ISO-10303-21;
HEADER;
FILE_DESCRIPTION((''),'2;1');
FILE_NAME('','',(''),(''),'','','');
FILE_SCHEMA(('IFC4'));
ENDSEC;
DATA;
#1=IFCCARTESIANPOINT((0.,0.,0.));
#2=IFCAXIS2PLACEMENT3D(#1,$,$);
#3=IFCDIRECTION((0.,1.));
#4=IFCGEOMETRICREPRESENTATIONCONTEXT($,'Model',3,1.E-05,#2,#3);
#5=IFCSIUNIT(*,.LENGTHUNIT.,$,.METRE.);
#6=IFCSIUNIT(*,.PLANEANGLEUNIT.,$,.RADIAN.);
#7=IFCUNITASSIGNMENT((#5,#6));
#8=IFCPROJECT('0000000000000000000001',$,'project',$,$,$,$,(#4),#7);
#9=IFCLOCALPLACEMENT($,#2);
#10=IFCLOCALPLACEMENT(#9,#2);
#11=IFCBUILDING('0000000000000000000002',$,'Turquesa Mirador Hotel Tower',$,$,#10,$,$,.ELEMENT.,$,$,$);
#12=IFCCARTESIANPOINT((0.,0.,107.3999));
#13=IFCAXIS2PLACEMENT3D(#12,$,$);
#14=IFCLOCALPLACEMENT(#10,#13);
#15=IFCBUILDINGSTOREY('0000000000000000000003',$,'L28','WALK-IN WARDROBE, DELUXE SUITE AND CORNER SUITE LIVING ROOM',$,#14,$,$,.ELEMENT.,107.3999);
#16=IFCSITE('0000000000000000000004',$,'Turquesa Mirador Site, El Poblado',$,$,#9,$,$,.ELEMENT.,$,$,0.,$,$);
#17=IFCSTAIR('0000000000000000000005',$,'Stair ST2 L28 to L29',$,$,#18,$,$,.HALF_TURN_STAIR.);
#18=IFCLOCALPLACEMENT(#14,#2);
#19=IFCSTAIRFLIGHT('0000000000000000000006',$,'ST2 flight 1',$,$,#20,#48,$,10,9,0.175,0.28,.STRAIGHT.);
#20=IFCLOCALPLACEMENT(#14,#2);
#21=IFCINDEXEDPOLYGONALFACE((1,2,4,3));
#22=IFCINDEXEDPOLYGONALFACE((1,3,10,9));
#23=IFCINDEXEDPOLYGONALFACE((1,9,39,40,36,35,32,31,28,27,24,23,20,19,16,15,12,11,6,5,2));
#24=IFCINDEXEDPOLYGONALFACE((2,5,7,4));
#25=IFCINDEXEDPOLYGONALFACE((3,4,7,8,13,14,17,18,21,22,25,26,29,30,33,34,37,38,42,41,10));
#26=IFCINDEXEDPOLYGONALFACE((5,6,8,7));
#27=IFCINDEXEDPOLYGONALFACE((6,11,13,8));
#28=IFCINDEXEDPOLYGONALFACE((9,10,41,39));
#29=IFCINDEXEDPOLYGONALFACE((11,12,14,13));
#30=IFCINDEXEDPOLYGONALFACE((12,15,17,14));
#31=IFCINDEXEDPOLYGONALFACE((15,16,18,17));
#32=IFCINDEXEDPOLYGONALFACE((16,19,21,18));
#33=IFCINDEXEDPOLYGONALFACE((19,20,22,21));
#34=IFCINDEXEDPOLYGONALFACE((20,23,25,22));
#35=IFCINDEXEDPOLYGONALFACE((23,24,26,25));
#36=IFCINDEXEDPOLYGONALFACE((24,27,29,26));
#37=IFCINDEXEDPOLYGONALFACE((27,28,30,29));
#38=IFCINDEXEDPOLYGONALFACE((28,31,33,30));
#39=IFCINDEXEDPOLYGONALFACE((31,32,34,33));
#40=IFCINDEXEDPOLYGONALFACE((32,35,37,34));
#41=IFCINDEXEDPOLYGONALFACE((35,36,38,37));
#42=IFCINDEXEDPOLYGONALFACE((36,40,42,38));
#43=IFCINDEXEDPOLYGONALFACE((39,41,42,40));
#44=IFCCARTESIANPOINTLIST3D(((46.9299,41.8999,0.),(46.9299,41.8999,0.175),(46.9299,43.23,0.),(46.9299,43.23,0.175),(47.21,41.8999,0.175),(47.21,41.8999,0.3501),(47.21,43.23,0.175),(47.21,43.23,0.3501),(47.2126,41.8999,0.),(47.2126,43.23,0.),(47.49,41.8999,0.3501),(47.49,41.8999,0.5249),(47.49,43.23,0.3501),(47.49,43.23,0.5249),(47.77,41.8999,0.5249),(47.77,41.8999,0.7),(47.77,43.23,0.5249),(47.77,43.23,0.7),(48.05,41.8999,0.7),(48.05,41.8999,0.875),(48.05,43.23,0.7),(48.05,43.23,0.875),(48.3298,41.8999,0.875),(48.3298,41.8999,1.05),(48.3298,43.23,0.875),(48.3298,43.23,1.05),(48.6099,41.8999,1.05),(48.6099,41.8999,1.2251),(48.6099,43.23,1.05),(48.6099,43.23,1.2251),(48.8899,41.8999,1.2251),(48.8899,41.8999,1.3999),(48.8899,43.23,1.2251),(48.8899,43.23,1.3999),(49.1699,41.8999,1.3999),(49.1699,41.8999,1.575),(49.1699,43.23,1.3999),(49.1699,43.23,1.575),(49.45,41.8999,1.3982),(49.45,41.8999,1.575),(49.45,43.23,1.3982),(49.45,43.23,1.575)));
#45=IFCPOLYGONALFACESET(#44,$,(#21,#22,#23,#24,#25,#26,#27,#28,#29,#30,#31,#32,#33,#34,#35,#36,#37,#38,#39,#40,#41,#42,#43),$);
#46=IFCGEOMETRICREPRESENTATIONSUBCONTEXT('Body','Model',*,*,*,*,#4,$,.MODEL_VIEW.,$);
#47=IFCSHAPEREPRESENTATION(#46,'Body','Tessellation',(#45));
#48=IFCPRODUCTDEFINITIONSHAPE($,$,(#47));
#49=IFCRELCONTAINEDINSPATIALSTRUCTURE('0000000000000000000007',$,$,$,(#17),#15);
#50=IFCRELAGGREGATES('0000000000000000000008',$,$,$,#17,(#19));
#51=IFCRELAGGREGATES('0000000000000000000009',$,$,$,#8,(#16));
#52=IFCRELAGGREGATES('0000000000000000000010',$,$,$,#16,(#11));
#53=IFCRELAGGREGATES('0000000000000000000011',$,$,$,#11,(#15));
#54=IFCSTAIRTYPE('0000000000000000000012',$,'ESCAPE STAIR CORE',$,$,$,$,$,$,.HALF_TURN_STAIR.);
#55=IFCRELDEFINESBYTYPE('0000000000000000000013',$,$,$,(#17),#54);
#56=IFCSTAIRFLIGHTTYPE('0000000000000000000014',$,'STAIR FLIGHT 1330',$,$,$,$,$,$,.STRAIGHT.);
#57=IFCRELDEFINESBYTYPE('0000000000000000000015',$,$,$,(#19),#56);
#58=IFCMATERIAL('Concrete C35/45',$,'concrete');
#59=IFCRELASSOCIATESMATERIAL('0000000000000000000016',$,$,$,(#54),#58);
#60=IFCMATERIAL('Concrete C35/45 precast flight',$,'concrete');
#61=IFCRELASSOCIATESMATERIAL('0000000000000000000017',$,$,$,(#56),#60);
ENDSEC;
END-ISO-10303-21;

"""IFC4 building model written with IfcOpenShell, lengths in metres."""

from ifc_helpers import new_model, si_unit, direction, frame, origin, place, context, subcontext, project, spatial, polyline, outline, extrude, material, type_object, element, aggregate, save


model = new_model("IFC4")

# Units and contexts
model_context = context("Model", 3, precision=1e-05, world=origin(), true_north=direction((0.0, 1.0)))
body_context = subcontext(model_context, "Body", "Model", "MODEL_VIEW")
ifc_project = project(units=[si_unit("LENGTHUNIT", "METRE"), si_unit("PLANEANGLEUNIT", "RADIAN")], contexts=[model_context])

# Site, building, storey
site_placement = place(None, origin())
site = spatial("IfcSite", under=ifc_project, at=site_placement, Name="Turquesa Mirador Site, El Poblado", CompositionType="ELEMENT", RefElevation=0.0)
building_placement = place(site_placement, origin())
building = spatial("IfcBuilding", under=site, at=building_placement, Name="Turquesa Mirador Hotel Tower", CompositionType="ELEMENT")
storey_placement = place(building_placement, frame((0.0, 0.0, 107.3999)))
storey = spatial("IfcBuildingStorey", under=building, at=storey_placement, Name="L28", Description="WALK-IN WARDROBE, DELUXE SUITE AND CORNER SUITE LIVING ROOM", CompositionType="ELEMENT", Elevation=107.3999)

# Stair, stair flight
ifc_material_1 = material(Name="Concrete C35/45", Category="concrete")
stair_type = type_object("IfcStairType", Name="ESCAPE STAIR CORE", PredefinedType="HALF_TURN_STAIR", material=ifc_material_1)
stair_placement = place(storey_placement, origin())
stair = element("IfcStair", 1, at=stair_placement, inside=storey, type_object=stair_type, Name="Stair ST2 L28 to L29", PredefinedType="HALF_TURN_STAIR")
ifc_material_2 = material(Name="Concrete C35/45 precast flight", Category="concrete")
stair_flight_type = type_object("IfcStairFlightType", Name="STAIR FLIGHT 1330", PredefinedType="STRAIGHT", material=ifc_material_2)
stair_flight_placement = place(storey_placement, frame((46.9299, 42.5649, 0.0), z_axis=(0.0, 0.0, 1.0), x_axis=(1.0, 0.0, 0.0)))
stair_flight = element("IfcStairFlight", 2, at=stair_flight_placement, type_object=stair_flight_type, Name="ST2 flight 1", NumberOfRisers=10, NumberOfTreads=9, PredefinedType="STRAIGHT", RiserHeight=0.175, TreadLength=0.28, context=body_context, shape_type="SweptSolid", body=[
    extrude(outline(polyline([(0.0, 0.0), (0.0, 0.175), (0.28, 0.175), (0.28, 0.3501), (0.5601, 0.3501), (0.5601, 0.5249), (0.8401, 0.5249), (0.8401, 0.7), (1.1201, 0.7), (1.1201, 0.875), (1.3999, 0.875), (1.3999, 1.05), (1.6799, 1.05), (1.6799, 1.2251), (1.96, 1.2251), (1.96, 1.3999), (2.24, 1.3999), (2.24, 1.575), (2.52, 1.575), (2.52, 1.75), (2.52, 1.3982), (0.2827, 0.0), (0.0, 0.0)])), frame((0.0, 0.665, 0.0), z_axis=(0.0, -1.0, 0.0), x_axis=(1.0, 0.0, 0.0)), (0.0, 0.0, 1.0), 1.3301),
])
aggregate(stair, [stair_flight])

save(model, "model.ifc")
